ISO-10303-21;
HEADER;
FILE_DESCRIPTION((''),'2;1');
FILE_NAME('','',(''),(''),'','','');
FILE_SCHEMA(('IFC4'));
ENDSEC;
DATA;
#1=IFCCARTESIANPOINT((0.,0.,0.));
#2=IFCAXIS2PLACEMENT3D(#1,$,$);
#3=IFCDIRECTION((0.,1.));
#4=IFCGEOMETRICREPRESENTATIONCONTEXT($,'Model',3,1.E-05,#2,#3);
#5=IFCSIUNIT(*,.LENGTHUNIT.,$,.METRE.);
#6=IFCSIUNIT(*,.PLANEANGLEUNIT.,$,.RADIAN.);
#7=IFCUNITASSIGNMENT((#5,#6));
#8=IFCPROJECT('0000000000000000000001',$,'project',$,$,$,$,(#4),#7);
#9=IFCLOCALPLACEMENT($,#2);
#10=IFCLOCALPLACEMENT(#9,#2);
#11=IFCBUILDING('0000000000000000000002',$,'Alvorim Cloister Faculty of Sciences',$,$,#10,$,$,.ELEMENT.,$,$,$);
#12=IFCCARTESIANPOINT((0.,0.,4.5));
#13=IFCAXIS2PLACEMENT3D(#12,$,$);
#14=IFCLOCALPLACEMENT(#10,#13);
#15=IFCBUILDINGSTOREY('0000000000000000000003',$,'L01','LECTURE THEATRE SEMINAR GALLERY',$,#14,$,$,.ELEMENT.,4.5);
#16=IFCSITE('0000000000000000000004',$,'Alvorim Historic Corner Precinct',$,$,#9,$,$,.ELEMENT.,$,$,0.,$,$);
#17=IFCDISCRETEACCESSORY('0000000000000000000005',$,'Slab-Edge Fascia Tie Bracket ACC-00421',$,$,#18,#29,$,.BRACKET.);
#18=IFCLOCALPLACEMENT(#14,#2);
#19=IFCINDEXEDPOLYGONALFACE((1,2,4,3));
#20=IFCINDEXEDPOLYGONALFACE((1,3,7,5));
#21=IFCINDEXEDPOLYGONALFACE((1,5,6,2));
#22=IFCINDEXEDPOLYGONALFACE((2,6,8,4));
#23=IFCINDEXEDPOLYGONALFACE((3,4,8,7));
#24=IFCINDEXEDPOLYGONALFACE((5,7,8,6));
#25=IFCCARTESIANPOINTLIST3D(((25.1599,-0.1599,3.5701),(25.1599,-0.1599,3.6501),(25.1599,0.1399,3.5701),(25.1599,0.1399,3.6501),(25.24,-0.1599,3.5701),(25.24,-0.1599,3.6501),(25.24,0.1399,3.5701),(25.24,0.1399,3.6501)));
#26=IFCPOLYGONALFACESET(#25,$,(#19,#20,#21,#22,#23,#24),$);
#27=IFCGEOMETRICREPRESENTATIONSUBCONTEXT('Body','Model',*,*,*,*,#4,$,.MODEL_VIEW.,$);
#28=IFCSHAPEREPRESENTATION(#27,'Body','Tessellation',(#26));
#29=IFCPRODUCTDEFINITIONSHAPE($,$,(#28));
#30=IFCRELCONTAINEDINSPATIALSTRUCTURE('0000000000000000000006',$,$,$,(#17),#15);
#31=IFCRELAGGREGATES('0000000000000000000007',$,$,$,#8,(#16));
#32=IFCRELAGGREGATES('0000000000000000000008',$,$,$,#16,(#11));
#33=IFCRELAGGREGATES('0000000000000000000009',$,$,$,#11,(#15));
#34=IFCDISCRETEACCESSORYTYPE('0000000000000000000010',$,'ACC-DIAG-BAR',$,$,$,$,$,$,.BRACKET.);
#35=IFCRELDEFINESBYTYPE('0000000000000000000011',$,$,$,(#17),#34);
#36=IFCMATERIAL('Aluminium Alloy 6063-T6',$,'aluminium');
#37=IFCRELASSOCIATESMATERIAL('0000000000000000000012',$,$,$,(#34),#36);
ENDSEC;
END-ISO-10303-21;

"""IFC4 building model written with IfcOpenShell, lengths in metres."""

from ifc_helpers import new_model, si_unit, direction, frame, origin, origin_2d, place, context, subcontext, project, spatial, rectangle, extrude, material, type_object, element, save


model = new_model("IFC4")

# Units and contexts
model_context = context("Model", 3, precision=1e-05, world=origin(), true_north=direction((0.0, 1.0)))
body_context = subcontext(model_context, "Body", "Model", "MODEL_VIEW")
ifc_project = project(units=[si_unit("LENGTHUNIT", "METRE"), si_unit("PLANEANGLEUNIT", "RADIAN")], contexts=[model_context])

# Site, building, storey
site_placement = place(None, origin())
site = spatial("IfcSite", under=ifc_project, at=site_placement, Name="Alvorim Historic Corner Precinct", CompositionType="ELEMENT", RefElevation=0.0)
building_placement = place(site_placement, origin())
building = spatial("IfcBuilding", under=site, at=building_placement, Name="Alvorim Cloister Faculty of Sciences", CompositionType="ELEMENT")
storey_placement = place(building_placement, frame((0.0, 0.0, 4.5)))
storey = spatial("IfcBuildingStorey", under=building, at=storey_placement, Name="L01", Description="LECTURE THEATRE SEMINAR GALLERY", CompositionType="ELEMENT", Elevation=4.5)

# Shared definitions
ifc_material_1 = material(Name="Aluminium Alloy 6063-T6", Category="aluminium")

# Discrete accessory
discrete_accessory_type = type_object("IfcDiscreteAccessoryType", Name="ACC-DIAG-BAR", PredefinedType="BRACKET", material=ifc_material_1)
discrete_accessory_placement = place(storey_placement, frame((25.2, 0.1399, 3.6101), z_axis=(0.0, -1.0, 0.0), x_axis=(1.0, 0.0, 0.0)))
element("IfcDiscreteAccessory", 1, at=discrete_accessory_placement, inside=storey, type_object=discrete_accessory_type, Name="Slab-Edge Fascia Tie Bracket ACC-00421", PredefinedType="BRACKET", context=body_context, shape_type="SweptSolid", body=[
    extrude(rectangle(XDim=0.0801, YDim=0.0801, at=origin_2d()), origin(), (0.0, 0.0, 1.0), 0.2998),
])

save(model, "model.ifc")
